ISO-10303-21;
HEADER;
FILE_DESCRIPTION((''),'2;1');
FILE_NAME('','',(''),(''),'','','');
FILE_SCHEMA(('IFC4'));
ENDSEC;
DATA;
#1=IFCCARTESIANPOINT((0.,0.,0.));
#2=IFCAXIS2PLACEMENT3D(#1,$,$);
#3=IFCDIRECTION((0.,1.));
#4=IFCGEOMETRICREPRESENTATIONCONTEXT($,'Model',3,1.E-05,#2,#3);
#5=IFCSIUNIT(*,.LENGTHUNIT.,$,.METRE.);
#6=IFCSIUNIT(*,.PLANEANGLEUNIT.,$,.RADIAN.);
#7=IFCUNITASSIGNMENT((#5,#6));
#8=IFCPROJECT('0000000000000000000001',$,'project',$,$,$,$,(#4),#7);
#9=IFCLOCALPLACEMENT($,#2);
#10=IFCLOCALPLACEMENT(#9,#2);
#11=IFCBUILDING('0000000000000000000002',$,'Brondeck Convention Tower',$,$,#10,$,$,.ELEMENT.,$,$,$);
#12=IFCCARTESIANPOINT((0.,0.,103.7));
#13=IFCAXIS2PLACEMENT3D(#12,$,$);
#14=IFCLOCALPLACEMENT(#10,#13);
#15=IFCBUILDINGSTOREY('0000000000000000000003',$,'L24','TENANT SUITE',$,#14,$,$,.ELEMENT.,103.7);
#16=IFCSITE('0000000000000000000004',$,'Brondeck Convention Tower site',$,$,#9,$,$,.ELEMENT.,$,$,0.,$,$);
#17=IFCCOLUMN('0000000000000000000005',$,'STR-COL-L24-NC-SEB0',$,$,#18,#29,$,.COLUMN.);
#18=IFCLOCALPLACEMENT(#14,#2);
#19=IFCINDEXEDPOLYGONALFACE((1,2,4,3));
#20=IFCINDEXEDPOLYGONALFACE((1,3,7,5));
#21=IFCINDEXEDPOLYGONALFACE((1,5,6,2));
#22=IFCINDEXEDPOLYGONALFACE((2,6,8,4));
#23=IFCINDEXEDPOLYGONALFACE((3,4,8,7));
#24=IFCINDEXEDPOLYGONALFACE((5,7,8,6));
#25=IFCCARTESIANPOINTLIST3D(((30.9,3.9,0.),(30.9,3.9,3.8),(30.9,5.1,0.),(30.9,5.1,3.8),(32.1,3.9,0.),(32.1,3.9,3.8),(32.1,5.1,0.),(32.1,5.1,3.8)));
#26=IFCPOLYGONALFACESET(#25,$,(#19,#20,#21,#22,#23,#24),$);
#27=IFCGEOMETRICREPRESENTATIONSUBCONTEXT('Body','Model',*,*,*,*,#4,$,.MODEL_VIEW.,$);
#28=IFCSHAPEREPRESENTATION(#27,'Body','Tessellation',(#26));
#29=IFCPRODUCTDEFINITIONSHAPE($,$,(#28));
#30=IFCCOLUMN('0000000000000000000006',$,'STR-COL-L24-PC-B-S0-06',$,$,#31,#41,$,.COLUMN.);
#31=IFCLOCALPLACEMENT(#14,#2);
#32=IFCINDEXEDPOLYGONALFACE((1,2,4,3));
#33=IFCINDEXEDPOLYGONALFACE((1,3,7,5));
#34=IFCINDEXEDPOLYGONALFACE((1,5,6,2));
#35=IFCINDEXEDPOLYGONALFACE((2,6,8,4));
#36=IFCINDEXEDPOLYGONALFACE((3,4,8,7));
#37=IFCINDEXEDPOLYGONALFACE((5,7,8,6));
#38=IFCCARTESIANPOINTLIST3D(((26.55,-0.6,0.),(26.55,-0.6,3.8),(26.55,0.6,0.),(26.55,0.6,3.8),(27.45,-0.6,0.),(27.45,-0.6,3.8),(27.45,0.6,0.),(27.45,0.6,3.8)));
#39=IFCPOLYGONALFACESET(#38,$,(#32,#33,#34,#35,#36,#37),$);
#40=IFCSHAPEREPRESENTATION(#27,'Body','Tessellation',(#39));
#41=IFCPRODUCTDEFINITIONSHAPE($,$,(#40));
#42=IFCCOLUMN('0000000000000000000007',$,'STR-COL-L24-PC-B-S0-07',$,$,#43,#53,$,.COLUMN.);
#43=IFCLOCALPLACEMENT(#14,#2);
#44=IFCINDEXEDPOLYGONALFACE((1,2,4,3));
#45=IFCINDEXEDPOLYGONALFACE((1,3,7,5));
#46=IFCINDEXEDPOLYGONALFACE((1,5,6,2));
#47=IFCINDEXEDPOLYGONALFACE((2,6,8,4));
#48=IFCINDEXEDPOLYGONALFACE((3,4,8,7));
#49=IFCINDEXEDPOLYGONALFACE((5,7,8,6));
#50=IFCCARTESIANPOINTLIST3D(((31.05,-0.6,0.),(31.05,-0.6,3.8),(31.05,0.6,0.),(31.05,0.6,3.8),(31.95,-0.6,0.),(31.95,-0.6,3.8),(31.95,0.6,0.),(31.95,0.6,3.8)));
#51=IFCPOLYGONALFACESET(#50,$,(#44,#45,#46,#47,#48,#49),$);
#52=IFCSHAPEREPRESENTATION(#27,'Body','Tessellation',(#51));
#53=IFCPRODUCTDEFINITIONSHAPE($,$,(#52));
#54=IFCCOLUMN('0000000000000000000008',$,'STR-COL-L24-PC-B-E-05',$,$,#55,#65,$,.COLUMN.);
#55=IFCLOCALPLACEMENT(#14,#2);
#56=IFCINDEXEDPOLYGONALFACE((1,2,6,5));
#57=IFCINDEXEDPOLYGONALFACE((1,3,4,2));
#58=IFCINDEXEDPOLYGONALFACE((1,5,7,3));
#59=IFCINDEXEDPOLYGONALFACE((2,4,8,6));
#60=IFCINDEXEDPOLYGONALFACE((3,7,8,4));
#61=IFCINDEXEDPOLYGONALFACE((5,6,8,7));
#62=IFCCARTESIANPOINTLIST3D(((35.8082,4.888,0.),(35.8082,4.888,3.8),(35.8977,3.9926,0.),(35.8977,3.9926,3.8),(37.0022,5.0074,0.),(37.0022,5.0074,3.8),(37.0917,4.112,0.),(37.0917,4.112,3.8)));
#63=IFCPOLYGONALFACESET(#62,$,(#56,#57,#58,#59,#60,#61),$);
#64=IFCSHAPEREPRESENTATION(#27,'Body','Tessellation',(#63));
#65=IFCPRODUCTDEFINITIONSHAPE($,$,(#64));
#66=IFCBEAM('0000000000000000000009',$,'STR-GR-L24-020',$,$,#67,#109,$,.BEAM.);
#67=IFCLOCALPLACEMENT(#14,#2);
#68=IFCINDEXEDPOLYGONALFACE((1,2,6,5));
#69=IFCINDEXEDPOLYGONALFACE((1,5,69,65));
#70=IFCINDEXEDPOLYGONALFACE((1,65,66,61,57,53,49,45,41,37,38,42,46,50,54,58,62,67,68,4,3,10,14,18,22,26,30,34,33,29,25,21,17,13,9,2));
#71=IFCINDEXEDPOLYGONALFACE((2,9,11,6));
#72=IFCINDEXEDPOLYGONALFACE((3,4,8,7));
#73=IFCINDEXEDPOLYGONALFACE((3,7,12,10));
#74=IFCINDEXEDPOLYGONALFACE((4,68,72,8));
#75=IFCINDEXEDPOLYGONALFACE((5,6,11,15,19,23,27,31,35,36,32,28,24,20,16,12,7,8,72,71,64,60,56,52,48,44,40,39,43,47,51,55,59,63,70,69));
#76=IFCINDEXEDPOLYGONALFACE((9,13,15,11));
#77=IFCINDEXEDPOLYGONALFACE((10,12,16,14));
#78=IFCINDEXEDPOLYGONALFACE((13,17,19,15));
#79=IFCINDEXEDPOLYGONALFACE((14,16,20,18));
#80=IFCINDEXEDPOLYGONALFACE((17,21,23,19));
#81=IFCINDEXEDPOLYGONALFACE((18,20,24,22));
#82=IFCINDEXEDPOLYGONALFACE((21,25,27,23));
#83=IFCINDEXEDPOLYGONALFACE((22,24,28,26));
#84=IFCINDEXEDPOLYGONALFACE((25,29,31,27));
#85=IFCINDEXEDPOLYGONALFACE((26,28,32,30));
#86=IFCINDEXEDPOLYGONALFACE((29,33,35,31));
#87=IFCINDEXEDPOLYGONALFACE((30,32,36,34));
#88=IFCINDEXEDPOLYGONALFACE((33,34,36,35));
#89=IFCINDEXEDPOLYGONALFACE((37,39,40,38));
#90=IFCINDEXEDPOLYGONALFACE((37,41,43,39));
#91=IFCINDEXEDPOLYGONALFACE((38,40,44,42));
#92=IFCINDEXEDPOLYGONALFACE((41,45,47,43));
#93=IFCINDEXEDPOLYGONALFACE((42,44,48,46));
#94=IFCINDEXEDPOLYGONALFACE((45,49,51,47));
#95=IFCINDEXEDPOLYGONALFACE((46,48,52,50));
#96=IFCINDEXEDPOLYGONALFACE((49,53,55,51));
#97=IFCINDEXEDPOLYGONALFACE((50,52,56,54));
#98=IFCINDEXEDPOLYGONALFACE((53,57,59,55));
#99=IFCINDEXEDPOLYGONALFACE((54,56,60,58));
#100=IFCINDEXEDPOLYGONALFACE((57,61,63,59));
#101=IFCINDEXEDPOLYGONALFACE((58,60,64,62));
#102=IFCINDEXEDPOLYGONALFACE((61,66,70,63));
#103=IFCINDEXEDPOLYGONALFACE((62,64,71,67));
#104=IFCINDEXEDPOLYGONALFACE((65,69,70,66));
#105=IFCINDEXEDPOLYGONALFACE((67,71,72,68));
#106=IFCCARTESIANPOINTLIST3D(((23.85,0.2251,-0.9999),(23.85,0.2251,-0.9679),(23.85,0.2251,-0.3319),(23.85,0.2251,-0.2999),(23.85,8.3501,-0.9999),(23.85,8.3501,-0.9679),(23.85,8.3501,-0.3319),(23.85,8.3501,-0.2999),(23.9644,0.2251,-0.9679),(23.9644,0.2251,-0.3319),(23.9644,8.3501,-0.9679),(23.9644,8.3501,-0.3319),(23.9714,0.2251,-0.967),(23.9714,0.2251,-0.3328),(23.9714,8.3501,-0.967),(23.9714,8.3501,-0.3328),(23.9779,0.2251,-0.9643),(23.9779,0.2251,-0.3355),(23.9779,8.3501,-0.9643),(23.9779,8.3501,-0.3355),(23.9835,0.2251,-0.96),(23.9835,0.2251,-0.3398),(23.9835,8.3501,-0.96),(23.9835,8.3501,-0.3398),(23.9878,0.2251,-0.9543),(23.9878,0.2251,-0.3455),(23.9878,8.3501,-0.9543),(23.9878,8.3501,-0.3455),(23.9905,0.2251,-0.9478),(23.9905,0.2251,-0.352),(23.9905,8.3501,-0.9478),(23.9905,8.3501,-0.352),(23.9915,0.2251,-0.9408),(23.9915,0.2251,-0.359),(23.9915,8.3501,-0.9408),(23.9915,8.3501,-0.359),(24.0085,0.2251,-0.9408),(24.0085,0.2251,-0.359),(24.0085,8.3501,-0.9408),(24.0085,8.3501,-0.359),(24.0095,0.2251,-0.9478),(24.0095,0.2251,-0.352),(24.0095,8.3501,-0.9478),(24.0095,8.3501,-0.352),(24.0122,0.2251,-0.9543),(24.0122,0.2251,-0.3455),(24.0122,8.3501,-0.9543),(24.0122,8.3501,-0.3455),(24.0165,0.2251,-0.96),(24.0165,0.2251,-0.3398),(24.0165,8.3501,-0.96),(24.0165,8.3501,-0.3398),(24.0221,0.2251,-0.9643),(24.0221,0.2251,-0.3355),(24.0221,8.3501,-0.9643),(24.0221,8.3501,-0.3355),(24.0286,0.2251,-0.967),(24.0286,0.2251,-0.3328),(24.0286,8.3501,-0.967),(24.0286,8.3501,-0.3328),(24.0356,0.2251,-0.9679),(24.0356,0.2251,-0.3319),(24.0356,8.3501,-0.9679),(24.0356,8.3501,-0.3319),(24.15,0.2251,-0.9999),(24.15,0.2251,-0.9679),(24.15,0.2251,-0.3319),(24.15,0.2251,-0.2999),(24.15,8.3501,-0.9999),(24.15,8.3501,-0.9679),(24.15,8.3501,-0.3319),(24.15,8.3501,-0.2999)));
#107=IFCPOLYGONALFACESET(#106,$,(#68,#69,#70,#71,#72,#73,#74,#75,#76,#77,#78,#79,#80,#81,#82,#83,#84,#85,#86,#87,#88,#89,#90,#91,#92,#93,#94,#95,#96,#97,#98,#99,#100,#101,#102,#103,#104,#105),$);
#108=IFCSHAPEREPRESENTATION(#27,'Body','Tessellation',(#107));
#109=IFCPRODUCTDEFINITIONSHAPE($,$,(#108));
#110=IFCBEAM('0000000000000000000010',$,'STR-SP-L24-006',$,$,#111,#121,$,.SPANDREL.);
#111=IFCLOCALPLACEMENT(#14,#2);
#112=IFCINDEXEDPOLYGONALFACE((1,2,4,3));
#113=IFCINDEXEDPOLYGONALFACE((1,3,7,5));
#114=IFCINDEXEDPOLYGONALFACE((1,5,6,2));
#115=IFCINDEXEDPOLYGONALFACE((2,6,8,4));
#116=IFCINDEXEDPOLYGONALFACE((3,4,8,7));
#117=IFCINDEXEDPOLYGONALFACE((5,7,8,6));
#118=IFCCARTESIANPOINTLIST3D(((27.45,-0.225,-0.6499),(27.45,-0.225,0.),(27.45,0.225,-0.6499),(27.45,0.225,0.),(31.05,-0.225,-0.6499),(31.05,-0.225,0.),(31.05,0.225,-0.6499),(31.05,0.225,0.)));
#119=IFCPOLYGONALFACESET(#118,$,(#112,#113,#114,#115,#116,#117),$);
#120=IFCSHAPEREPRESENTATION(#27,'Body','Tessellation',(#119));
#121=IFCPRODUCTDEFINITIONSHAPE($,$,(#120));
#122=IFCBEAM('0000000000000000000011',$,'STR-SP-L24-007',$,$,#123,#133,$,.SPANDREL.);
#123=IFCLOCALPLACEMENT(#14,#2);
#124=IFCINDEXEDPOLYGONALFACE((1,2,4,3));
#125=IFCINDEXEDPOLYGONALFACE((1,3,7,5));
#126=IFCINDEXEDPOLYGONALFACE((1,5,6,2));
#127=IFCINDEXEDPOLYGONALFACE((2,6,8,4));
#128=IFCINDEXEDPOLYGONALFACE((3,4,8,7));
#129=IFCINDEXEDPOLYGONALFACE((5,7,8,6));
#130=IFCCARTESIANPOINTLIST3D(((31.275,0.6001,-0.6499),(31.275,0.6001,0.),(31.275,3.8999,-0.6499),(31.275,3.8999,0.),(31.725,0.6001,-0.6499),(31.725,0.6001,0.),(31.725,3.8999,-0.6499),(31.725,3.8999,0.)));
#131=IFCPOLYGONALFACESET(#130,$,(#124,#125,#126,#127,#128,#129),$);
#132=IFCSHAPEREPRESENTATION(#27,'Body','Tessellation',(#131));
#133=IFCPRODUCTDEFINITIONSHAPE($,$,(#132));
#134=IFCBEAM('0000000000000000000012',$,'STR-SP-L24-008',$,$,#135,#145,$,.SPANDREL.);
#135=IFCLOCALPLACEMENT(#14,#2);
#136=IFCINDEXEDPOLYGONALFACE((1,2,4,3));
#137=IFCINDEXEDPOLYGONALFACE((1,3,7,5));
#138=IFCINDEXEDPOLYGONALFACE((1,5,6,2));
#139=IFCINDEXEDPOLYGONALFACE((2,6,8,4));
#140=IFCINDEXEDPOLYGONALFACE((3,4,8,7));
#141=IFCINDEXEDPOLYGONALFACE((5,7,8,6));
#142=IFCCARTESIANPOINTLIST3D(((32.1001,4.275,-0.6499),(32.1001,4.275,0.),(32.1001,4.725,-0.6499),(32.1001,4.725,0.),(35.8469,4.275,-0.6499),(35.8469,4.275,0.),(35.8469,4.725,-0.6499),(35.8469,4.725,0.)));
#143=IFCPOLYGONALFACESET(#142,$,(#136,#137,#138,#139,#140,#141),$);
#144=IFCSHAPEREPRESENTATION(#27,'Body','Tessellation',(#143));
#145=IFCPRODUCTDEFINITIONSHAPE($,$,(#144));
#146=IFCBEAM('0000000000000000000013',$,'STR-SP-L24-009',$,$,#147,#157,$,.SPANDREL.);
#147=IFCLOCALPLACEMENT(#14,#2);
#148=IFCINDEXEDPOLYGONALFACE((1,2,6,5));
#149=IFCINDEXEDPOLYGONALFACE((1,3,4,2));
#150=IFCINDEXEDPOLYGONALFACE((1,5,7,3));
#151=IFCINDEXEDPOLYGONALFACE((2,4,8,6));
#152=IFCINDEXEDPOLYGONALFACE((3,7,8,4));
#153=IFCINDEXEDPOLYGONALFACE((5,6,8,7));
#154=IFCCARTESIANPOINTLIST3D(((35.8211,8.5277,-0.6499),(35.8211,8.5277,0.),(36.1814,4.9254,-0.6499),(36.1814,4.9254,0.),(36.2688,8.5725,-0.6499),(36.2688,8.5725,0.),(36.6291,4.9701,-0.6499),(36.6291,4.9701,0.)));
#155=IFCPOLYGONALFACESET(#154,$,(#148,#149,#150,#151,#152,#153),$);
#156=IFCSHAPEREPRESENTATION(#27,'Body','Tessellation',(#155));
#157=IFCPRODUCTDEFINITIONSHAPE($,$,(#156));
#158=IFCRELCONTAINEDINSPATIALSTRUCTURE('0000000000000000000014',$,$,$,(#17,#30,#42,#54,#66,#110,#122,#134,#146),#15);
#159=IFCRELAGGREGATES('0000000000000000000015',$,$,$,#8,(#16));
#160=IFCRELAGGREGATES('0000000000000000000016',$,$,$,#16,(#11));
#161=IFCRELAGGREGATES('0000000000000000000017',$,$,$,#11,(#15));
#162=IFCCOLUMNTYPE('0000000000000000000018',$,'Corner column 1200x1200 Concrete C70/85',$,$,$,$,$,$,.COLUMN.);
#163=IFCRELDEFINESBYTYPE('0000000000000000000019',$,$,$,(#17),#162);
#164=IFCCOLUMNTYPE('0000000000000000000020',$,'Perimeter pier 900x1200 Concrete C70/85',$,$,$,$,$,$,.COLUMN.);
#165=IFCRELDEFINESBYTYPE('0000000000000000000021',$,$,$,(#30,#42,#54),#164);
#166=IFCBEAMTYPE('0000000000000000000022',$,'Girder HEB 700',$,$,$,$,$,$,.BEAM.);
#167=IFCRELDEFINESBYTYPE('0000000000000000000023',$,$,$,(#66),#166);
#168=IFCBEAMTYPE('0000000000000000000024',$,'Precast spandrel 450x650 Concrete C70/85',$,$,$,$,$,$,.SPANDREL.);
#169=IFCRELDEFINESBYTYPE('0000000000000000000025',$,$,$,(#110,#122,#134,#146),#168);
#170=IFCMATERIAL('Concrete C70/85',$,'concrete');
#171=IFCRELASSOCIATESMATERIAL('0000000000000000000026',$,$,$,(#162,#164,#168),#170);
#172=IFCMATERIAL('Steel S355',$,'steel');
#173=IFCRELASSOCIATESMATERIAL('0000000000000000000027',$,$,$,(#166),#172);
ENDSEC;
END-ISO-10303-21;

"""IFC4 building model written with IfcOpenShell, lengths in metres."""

from ifc_helpers import new_model, si_unit, direction, frame, origin, origin_2d, place, context, subcontext, project, spatial, rectangle, i_section, extrude, material, material_profile, profile_set, type_object, element, save


model = new_model("IFC4")

# Units and contexts
model_context = context("Model", 3, precision=1e-05, world=origin(), true_north=direction((0.0, 1.0)))
body_context = subcontext(model_context, "Body", "Model", "MODEL_VIEW")
ifc_project = project(units=[si_unit("LENGTHUNIT", "METRE"), si_unit("PLANEANGLEUNIT", "RADIAN")], contexts=[model_context])

# Site, building, storey
site_placement = place(None, origin())
site = spatial("IfcSite", under=ifc_project, at=site_placement, Name="Brondeck Convention Tower site", CompositionType="ELEMENT", RefElevation=0.0)
building_placement = place(site_placement, origin())
building = spatial("IfcBuilding", under=site, at=building_placement, Name="Brondeck Convention Tower", CompositionType="ELEMENT")
storey_placement = place(building_placement, frame((0.0, 0.0, 103.7)))
storey = spatial("IfcBuildingStorey", under=building, at=storey_placement, Name="L24", Description="TENANT SUITE", CompositionType="ELEMENT", Elevation=103.7)

# Columns
ifc_material_1 = material(Name="Concrete C70/85", Category="concrete")
ifc_material_profile_1 = material_profile(ifc_material_1, rectangle(XDim=1.2, YDim=1.2, at=origin_2d()), Name="Corner column 1200x1200 Concrete C70/85")
ifc_profile_set_1 = profile_set([ifc_material_profile_1], Name="Concrete C70/85")
column_type_1 = type_object("IfcColumnType", Name="Corner column 1200x1200 Concrete C70/85", PredefinedType="COLUMN", material=ifc_profile_set_1)
column_placement = place(storey_placement, frame((31.5, 4.5, 0.0), z_axis=(0.0, 0.0, 1.0), x_axis=(1.0, 0.0, 0.0)))
element("IfcColumn", 1, at=column_placement, inside=storey, type_object=column_type_1, Name="STR-COL-L24-NC-SEB0", PredefinedType="COLUMN", context=body_context, shape_type="SweptSolid", body=[
    extrude(rectangle(XDim=1.2, YDim=1.2, at=origin_2d()), origin(), (0.0, 0.0, 1.0), 3.8),
])
ifc_material_profile_2 = material_profile(ifc_material_1, rectangle(XDim=0.8999, YDim=1.2, at=origin_2d()), Name="Perimeter pier 900x1200 Concrete C70/85")
ifc_profile_set_2 = profile_set([ifc_material_profile_2], Name="Concrete C70/85")
column_type_2 = type_object("IfcColumnType", Name="Perimeter pier 900x1200 Concrete C70/85", PredefinedType="COLUMN", material=ifc_profile_set_2)
for number, where, z_axis, x_axis, name in (
    (2, (27.0, 0.0, 0.0), (0.0, 0.0, 1.0), (1.0, 0.0, 0.0), "STR-COL-L24-PC-B-S0-06"),
    (3, (31.5, 0.0, 0.0), (0.0, 0.0, 1.0), (1.0, 0.0, 0.0), "STR-COL-L24-PC-B-S0-07"),
    (4, (36.45, 4.5, 0.0), (0.0, 0.0, 1.0), (-0.099504, 0.995037, 0.0), "STR-COL-L24-PC-B-E-05"),
):
    element("IfcColumn", number, at=place(storey_placement, frame(where, z_axis=z_axis, x_axis=x_axis)), inside=storey, type_object=column_type_2, Name=name, PredefinedType="COLUMN", context=body_context, shape_type="SweptSolid", body=[
        extrude(rectangle(XDim=0.8999, YDim=1.2, at=origin_2d()), origin(), (0.0, 0.0, 1.0), 3.8),
    ])

# Beams
ifc_material_2 = material(Name="Steel S355", Category="steel")
ifc_material_profile_3 = material_profile(ifc_material_2, i_section(OverallWidth=0.3, OverallDepth=0.7, WebThickness=0.0171, FlangeThickness=0.032, FilletRadius=0.0271, at=origin_2d()), Name="HEB 700")
ifc_profile_set_3 = profile_set([ifc_material_profile_3], Name="Steel S355")
beam_type_1 = type_object("IfcBeamType", Name="Girder HEB 700", PredefinedType="BEAM", material=ifc_profile_set_3)
beam_1_placement = place(storey_placement, frame((24.0, 8.3501, -0.6499), z_axis=(0.0, -1.0, 0.0), x_axis=(1.0, 0.0, 0.0)))
element("IfcBeam", 5, at=beam_1_placement, inside=storey, type_object=beam_type_1, Name="STR-GR-L24-020", PredefinedType="BEAM", context=body_context, shape_type="SweptSolid", body=[
    extrude(i_section(OverallWidth=0.3, OverallDepth=0.7, WebThickness=0.0171, FlangeThickness=0.032, FilletRadius=0.0271, at=origin_2d()), origin(), (0.0, 0.0, 1.0), 8.125),
])
ifc_material_profile_4 = material_profile(ifc_material_1, rectangle(XDim=0.45, YDim=0.6499, at=origin_2d()), Name="Precast spandrel 450x650 Concrete C70/85")
ifc_profile_set_4 = profile_set([ifc_material_profile_4], Name="Concrete C70/85")
beam_type_2 = type_object("IfcBeamType", Name="Precast spandrel 450x650 Concrete C70/85", PredefinedType="SPANDREL", material=ifc_profile_set_4)
beam_2_placement = place(storey_placement, frame((27.45, 0.0, -0.325), z_axis=(1.0, 0.0, 0.0), x_axis=(0.0, 1.0, 0.0)))
element("IfcBeam", 6, at=beam_2_placement, inside=storey, type_object=beam_type_2, Name="STR-SP-L24-006", PredefinedType="SPANDREL", context=body_context, shape_type="SweptSolid", body=[
    extrude(rectangle(XDim=0.45, YDim=0.6499, at=origin_2d()), origin(), (0.0, 0.0, 1.0), 3.6001),
])
beam_3_placement = place(storey_placement, frame((31.5, 0.6001, -0.325), z_axis=(0.0, 1.0, 0.0), x_axis=(-1.0, 0.0, 0.0)))
element("IfcBeam", 7, at=beam_3_placement, inside=storey, type_object=beam_type_2, Name="STR-SP-L24-007", PredefinedType="SPANDREL", context=body_context, shape_type="SweptSolid", body=[
    extrude(rectangle(XDim=0.45, YDim=0.6499, at=origin_2d()), origin(), (0.0, 0.0, 1.0), 3.2998),
])
beam_4_placement = place(storey_placement, frame((32.1001, 4.5, -0.325), z_axis=(1.0, 0.0, 0.0), x_axis=(0.0, 1.0, 0.0)))
element("IfcBeam", 8, at=beam_4_placement, inside=storey, type_object=beam_type_2, Name="STR-SP-L24-008", PredefinedType="SPANDREL", context=body_context, shape_type="SweptSolid", body=[
    extrude(rectangle(XDim=0.45, YDim=0.6499, at=origin_2d()), origin(), (0.0, 0.0, 1.0), 3.7468),
])
beam_5_placement = place(storey_placement, frame((36.4053, 4.9478, -0.325), z_axis=(-0.099537, 0.995034, 0.0), x_axis=(-0.995034, -0.099537, 0.0)))
element("IfcBeam", 9, at=beam_5_placement, inside=storey, type_object=beam_type_2, Name="STR-SP-L24-009", PredefinedType="SPANDREL", context=body_context, shape_type="SweptSolid", body=[
    extrude(rectangle(XDim=0.45, YDim=0.6499, at=origin_2d()), origin(), (0.0, 0.0, 1.0), 3.6204),
])

save(model, "model.ifc")
